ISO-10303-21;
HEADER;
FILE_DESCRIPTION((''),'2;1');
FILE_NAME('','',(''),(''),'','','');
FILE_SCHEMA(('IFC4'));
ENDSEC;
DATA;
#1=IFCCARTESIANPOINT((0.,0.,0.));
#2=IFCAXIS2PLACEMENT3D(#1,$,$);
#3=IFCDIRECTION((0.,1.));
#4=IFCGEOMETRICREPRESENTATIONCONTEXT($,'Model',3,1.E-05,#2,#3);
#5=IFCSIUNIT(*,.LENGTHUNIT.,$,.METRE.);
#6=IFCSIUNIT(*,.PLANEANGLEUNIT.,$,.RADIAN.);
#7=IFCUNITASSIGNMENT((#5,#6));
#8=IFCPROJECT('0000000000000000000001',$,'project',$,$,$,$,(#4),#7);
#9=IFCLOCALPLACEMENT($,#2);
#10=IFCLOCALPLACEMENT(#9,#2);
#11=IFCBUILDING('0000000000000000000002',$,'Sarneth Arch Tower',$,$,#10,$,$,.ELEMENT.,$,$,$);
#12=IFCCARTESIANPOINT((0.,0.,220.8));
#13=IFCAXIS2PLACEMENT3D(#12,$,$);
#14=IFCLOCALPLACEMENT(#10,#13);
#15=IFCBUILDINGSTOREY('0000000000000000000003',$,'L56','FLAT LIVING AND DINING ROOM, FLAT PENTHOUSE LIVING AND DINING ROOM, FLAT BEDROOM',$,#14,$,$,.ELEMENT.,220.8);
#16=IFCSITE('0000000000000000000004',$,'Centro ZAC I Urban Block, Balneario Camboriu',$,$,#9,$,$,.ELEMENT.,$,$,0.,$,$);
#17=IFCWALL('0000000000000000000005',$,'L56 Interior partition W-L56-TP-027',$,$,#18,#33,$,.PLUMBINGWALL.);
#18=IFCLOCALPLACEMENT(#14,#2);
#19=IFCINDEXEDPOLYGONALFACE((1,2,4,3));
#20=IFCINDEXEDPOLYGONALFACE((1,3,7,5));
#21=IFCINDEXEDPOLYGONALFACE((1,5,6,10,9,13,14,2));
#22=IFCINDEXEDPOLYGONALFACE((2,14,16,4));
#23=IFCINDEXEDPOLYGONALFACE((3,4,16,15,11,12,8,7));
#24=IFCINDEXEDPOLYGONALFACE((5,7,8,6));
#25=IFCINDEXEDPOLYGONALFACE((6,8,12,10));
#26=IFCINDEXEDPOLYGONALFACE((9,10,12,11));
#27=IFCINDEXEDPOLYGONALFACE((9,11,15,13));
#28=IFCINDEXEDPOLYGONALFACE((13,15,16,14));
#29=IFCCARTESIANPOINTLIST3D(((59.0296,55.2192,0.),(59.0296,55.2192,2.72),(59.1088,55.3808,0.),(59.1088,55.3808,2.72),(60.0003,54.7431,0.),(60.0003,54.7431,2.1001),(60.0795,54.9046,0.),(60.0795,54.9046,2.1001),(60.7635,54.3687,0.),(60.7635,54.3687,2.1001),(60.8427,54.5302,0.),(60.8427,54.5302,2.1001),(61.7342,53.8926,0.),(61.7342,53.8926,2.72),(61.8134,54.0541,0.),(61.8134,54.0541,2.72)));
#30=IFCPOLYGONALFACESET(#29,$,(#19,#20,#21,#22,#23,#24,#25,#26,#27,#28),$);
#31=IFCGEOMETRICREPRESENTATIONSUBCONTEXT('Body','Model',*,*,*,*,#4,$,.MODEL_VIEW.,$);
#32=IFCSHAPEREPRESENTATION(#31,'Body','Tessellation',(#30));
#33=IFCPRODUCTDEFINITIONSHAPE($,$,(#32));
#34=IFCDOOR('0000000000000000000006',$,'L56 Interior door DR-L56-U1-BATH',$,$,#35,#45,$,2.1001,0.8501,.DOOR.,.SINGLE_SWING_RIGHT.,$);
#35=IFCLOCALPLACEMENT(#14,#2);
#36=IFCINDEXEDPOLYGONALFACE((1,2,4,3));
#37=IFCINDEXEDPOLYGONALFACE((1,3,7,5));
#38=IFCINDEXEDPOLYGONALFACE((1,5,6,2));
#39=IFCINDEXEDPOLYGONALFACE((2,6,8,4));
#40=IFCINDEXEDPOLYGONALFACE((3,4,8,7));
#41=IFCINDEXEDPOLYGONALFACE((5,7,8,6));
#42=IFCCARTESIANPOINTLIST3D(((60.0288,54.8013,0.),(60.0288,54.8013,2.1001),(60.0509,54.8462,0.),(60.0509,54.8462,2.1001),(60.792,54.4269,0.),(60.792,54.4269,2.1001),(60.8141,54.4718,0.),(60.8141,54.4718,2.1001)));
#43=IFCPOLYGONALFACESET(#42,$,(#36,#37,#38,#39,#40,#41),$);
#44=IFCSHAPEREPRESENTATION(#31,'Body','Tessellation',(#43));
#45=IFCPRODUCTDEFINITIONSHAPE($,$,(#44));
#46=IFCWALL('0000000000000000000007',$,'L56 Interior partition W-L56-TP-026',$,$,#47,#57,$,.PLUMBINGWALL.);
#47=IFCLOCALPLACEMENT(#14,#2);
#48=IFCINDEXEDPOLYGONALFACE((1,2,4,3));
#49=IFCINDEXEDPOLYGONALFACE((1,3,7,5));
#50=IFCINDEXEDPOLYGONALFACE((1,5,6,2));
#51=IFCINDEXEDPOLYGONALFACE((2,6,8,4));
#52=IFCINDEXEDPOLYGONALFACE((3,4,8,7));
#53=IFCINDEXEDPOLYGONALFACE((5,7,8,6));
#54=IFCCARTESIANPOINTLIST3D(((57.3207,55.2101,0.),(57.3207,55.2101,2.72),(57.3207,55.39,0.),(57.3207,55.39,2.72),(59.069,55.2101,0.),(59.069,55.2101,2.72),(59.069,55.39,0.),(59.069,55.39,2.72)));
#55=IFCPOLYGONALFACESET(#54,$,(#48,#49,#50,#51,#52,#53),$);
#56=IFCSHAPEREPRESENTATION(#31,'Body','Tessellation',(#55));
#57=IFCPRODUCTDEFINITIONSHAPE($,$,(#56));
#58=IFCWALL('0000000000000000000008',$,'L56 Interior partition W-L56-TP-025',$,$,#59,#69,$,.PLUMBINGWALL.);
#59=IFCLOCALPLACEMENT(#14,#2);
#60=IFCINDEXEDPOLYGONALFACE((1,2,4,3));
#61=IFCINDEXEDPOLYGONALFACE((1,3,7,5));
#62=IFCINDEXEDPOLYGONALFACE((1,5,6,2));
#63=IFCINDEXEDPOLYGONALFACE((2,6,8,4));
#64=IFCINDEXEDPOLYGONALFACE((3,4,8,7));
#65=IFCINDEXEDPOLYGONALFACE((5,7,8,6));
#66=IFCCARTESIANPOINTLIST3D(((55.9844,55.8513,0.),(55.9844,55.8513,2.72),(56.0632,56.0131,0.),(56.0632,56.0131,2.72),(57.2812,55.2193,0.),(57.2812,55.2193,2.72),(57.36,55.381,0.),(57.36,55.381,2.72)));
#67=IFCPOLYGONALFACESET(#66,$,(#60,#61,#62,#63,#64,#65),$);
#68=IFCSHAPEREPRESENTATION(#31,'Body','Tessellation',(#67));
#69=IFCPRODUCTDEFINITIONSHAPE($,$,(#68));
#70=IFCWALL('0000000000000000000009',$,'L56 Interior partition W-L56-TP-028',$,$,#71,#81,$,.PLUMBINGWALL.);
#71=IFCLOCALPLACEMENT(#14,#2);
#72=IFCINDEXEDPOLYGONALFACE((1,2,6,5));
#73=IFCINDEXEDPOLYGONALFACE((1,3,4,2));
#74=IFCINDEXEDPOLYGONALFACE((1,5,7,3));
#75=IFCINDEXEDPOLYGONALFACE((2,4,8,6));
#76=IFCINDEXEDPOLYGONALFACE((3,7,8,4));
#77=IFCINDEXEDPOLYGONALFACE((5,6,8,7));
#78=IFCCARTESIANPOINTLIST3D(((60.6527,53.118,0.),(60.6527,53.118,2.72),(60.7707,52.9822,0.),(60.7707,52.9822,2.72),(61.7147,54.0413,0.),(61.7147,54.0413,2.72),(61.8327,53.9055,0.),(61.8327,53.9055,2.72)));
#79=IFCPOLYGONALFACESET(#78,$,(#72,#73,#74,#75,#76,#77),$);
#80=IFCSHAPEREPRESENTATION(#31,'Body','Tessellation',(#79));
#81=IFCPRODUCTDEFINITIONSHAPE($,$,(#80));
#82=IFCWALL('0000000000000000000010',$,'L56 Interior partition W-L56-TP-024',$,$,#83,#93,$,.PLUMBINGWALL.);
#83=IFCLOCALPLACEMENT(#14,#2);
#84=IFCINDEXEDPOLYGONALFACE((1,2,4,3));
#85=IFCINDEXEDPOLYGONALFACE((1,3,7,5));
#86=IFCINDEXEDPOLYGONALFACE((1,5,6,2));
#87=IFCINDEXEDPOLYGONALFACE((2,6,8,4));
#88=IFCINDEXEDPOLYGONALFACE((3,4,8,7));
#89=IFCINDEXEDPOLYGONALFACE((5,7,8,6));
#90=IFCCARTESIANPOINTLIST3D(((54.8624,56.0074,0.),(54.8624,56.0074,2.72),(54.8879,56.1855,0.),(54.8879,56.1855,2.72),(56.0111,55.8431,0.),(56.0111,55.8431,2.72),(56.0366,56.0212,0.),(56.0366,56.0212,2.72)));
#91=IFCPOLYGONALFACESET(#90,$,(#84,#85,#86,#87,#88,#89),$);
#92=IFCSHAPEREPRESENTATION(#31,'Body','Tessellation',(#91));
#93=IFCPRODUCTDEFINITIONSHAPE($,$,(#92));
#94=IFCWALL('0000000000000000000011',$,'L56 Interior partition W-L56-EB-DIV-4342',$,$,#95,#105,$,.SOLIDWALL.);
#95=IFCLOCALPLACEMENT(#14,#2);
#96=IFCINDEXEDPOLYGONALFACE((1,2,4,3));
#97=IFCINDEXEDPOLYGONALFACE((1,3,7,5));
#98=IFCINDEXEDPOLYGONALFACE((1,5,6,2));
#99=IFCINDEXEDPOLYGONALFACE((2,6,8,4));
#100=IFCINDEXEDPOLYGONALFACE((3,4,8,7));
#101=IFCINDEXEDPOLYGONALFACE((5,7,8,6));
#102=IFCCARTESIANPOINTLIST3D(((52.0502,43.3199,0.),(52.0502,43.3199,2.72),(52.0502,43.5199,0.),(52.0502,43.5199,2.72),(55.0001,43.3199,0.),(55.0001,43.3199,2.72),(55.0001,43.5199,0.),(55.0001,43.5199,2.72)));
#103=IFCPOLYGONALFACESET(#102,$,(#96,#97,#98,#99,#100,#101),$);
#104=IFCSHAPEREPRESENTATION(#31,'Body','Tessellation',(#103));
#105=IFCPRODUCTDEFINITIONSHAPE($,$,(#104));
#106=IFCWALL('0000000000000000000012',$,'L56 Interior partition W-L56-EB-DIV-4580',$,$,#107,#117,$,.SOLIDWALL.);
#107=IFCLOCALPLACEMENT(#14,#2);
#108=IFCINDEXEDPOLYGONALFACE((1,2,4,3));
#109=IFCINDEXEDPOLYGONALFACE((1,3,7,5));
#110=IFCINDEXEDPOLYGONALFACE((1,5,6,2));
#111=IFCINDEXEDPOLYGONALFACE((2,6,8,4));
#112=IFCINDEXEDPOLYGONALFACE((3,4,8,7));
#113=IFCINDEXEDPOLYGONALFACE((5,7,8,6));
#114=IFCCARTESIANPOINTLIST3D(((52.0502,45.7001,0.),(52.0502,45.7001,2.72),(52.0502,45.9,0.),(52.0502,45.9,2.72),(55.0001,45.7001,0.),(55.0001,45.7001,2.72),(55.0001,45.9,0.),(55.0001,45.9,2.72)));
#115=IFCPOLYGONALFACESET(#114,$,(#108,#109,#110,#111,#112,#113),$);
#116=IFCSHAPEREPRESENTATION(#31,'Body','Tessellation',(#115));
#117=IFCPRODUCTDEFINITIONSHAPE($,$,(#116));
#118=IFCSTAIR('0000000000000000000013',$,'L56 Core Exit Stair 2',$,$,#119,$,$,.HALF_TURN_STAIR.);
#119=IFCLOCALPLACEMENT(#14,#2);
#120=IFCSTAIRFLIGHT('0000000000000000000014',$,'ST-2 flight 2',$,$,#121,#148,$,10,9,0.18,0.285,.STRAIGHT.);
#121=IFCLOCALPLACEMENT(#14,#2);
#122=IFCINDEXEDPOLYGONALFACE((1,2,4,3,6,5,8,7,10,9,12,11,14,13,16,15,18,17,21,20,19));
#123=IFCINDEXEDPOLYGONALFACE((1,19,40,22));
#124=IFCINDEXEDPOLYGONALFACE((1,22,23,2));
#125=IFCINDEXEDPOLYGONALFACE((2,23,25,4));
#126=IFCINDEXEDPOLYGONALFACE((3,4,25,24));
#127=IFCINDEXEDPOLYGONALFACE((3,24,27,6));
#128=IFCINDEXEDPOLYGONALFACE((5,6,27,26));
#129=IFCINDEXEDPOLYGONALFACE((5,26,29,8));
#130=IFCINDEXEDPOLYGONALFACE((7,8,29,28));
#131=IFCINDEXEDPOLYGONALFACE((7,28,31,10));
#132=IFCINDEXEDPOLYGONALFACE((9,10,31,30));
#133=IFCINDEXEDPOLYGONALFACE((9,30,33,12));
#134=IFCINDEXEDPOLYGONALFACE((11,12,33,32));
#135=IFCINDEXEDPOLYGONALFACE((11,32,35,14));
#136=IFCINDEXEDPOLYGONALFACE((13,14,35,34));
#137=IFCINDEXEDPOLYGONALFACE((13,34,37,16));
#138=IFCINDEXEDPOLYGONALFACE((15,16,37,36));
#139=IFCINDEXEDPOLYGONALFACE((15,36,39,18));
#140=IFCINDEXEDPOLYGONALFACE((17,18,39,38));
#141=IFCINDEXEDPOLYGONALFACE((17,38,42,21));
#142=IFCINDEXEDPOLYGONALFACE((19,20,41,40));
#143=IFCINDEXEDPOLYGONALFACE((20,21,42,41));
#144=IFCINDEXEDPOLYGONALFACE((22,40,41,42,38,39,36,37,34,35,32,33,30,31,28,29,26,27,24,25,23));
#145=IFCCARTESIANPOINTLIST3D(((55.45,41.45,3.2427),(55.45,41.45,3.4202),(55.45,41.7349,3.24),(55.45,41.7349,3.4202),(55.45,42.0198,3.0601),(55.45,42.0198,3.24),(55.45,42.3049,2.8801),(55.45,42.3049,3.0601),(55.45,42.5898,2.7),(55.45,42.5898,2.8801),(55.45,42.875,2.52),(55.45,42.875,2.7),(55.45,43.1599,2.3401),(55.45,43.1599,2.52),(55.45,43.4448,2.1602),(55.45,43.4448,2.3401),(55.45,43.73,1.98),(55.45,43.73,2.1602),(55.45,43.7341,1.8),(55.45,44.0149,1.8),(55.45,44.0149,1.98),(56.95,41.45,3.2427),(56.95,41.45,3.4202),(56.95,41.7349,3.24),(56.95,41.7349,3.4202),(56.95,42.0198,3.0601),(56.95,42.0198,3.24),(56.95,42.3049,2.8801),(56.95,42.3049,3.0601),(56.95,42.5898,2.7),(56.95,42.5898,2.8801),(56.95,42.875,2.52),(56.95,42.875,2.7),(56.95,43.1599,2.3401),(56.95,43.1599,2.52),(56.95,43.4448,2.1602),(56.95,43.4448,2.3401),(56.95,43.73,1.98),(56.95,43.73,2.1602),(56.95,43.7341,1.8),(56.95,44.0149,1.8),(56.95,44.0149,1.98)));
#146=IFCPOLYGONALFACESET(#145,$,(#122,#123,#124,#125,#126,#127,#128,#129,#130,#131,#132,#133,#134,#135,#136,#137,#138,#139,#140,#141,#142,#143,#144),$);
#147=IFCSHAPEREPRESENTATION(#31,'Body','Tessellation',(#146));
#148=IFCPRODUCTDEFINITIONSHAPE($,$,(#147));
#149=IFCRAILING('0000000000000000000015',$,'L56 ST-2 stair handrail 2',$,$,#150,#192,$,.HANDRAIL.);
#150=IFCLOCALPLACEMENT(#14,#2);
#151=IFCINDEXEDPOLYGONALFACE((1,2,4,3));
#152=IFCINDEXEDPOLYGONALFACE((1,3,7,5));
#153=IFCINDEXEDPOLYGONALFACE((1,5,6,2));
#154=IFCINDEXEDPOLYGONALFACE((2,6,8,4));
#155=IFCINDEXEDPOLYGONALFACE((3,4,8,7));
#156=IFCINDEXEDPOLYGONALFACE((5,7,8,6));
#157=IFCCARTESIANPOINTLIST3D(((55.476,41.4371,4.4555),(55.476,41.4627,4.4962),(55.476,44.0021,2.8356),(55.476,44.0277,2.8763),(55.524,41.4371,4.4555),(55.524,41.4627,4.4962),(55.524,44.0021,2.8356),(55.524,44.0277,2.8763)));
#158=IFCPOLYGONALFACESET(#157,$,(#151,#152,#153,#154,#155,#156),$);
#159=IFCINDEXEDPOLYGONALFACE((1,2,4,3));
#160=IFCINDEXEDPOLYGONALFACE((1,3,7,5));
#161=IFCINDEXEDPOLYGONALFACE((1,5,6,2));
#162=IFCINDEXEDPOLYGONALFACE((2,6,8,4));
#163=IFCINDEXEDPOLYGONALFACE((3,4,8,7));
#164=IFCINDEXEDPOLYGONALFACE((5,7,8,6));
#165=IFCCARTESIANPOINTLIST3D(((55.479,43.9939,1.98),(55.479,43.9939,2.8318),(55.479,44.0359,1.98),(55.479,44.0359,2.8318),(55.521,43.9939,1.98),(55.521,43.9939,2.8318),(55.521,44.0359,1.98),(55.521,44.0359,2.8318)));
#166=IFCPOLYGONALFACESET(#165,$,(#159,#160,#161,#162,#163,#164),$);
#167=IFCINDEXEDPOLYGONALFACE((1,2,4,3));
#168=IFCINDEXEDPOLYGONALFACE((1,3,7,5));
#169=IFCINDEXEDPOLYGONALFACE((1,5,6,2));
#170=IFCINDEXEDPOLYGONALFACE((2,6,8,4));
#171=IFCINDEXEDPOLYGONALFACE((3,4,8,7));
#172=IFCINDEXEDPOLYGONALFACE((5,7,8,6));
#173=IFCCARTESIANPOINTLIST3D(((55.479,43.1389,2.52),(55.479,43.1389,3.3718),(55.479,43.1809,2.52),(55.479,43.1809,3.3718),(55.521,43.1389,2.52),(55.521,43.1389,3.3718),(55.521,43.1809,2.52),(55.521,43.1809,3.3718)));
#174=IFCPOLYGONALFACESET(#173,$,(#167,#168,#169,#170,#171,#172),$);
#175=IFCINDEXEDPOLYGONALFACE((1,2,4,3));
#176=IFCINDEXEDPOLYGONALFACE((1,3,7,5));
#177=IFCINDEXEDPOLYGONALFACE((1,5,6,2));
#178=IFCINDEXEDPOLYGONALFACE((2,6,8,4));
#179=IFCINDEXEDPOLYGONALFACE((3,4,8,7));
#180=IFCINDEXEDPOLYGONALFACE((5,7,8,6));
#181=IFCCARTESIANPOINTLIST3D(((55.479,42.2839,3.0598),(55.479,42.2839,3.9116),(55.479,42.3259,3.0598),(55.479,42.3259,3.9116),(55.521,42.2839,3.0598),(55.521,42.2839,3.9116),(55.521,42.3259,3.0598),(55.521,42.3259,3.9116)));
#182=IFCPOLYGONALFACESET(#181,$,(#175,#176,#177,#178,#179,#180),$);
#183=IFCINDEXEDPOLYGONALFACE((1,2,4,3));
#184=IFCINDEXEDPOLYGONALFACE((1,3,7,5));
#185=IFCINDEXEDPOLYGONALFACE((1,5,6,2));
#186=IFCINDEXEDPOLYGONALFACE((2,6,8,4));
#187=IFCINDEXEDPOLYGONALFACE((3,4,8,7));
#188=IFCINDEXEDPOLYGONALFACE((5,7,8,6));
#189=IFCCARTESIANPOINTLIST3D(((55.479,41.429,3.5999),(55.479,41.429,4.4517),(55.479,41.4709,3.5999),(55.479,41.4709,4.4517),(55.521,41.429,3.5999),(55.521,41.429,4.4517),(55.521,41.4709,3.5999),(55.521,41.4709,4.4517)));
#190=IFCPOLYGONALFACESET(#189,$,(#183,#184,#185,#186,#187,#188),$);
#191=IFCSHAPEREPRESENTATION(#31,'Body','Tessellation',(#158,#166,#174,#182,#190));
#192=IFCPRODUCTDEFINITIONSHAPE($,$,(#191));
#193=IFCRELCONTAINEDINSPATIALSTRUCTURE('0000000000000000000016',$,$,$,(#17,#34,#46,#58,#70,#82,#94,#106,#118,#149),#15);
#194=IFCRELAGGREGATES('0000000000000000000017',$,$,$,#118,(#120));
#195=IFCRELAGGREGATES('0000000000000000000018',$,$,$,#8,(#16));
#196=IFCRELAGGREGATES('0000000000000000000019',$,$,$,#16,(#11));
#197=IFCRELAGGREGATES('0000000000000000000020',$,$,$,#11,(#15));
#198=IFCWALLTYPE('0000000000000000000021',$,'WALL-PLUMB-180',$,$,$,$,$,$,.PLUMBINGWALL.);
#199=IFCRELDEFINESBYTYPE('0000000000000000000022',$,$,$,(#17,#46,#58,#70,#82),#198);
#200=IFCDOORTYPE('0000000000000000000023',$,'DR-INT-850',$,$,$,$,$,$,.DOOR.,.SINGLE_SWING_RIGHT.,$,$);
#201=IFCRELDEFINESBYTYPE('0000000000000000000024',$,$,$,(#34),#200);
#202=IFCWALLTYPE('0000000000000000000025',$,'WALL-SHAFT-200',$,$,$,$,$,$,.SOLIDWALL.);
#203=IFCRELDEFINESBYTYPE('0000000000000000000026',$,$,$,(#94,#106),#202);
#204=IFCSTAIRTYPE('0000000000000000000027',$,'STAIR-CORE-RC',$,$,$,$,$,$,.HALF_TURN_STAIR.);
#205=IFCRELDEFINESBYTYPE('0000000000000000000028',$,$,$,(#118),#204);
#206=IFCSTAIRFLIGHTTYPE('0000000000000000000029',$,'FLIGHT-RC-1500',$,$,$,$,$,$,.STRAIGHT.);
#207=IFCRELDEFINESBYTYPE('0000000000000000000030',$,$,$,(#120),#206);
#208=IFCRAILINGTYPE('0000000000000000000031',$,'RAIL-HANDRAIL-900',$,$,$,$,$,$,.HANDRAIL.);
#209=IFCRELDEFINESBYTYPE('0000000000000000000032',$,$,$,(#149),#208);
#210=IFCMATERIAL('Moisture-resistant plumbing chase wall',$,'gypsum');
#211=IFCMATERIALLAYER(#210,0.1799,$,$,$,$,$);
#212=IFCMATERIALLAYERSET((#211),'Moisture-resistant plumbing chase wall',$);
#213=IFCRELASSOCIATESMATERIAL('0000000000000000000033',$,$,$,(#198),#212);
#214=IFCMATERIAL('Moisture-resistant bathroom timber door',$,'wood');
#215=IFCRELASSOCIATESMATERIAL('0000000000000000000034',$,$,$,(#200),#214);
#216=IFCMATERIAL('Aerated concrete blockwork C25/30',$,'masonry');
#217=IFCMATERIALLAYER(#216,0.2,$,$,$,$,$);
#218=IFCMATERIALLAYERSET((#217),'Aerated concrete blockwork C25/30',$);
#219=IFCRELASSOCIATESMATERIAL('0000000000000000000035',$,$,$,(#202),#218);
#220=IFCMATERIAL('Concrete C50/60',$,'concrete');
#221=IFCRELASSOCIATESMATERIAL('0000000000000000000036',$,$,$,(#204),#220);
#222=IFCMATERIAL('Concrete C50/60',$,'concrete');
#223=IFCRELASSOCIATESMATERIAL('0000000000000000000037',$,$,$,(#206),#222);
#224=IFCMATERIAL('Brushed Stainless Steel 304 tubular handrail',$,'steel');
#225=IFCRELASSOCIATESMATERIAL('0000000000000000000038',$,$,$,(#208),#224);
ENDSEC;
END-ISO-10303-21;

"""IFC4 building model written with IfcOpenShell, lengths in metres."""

from ifc_helpers import new_model, si_unit, direction, frame, frame_2d, origin, origin_2d, place, context, subcontext, project, spatial, polyline, rectangle, outline, extrude, material, layer, layer_set, type_object, element, fill, aggregate, save


model = new_model("IFC4")

# Units and contexts
model_context = context("Model", 3, precision=1e-05, world=origin(), true_north=direction((0.0, 1.0)))
body_context = subcontext(model_context, "Body", "Model", "MODEL_VIEW")
ifc_project = project(units=[si_unit("LENGTHUNIT", "METRE"), si_unit("PLANEANGLEUNIT", "RADIAN")], contexts=[model_context])

# Site, building, storey
site_placement = place(None, origin())
site = spatial("IfcSite", under=ifc_project, at=site_placement, Name="Centro ZAC I Urban Block, Balneario Camboriu", CompositionType="ELEMENT", RefElevation=0.0)
building_placement = place(site_placement, origin())
building = spatial("IfcBuilding", under=site, at=building_placement, Name="Sarneth Arch Tower", CompositionType="ELEMENT")
storey_placement = place(building_placement, frame((0.0, 0.0, 220.8)))
storey = spatial("IfcBuildingStorey", under=building, at=storey_placement, Name="L56", Description="FLAT LIVING AND DINING ROOM, FLAT PENTHOUSE LIVING AND DINING ROOM, FLAT BEDROOM", CompositionType="ELEMENT", Elevation=220.8)

# Shared definitions
ifc_material_1 = material(Name="Moisture-resistant plumbing chase wall", Category="gypsum")
ifc_layer_1 = layer(ifc_material_1, 0.1799)
ifc_layer_set_1 = layer_set([ifc_layer_1], Name="Moisture-resistant plumbing chase wall")
wall_type_1 = type_object("IfcWallType", Name="WALL-PLUMB-180", PredefinedType="PLUMBINGWALL", material=ifc_layer_set_1)

# Wall, opening, door
wall_1_placement = place(storey_placement, frame((59.0691, 55.3, 0.0), z_axis=(0.0, 0.0, 1.0), x_axis=(0.897805, -0.440393, 0.0)))
wall_1 = element("IfcWall", 1, at=wall_1_placement, inside=storey, type_object=wall_type_1, Name="L56 Interior partition W-L56-TP-027", PredefinedType="PLUMBINGWALL", context=body_context, shape_type="SweptSolid", body=[
    extrude(rectangle(XDim=3.0125, YDim=0.1799, at=frame_2d((1.5063, 0.0))), origin(), (0.0, 0.0, 1.0), 2.72),
])
opening_1_placement = place(wall_1_placement, frame((1.0813, 0.0, 0.0)))
opening_1 = element("IfcOpeningElement", 2, at=opening_1_placement, cuts=wall_1, PredefinedType="OPENING", context=body_context, shape_type="SweptSolid", body=[
    extrude(rectangle(XDim=0.8501, YDim=2.1001, at=frame_2d((0.425, 1.05))), frame((0.0, 0.0999, 0.0), z_axis=(0.0, -1.0, 0.0), x_axis=(1.0, 0.0, 0.0)), (0.0, 0.0, 1.0), 0.2),
])
ifc_material_2 = material(Name="Moisture-resistant bathroom timber door", Category="wood")
door_type_1 = type_object("IfcDoorType", Name="DR-INT-850", OperationType="SINGLE_SWING_RIGHT", PredefinedType="DOOR", material=ifc_material_2)
door_1_placement = place(opening_1_placement, origin())
door_1 = element("IfcDoor", 3, at=door_1_placement, inside=storey, type_object=door_type_1, Name="L56 Interior door DR-L56-U1-BATH", OperationType="SINGLE_SWING_RIGHT", OverallHeight=2.1001, OverallWidth=0.8501, PredefinedType="DOOR", context=body_context, shape_type="SweptSolid", body=[
    extrude(rectangle(XDim=0.8501, YDim=2.1001, at=frame_2d((0.425, 1.05))), frame((0.0, 0.0249, 0.0), z_axis=(0.0, -1.0, 0.0), x_axis=(1.0, 0.0, 0.0)), (0.0, 0.0, 1.0), 0.05),
])
fill(opening_1, door_1)

# Walls
wall_2_placement = place(storey_placement, frame((57.3208, 55.3, 0.0), z_axis=(0.0, 0.0, 1.0), x_axis=(1.0, 0.0, 0.0)))
element("IfcWall", 4, at=wall_2_placement, inside=storey, type_object=wall_type_1, Name="L56 Interior partition W-L56-TP-026", PredefinedType="PLUMBINGWALL", context=body_context, shape_type="SweptSolid", body=[
    extrude(rectangle(XDim=1.7483, YDim=0.1799, at=frame_2d((0.874, 0.0))), origin(), (0.0, 0.0, 1.0), 2.72),
])
wall_3_placement = place(storey_placement, frame((56.0239, 55.9321, 0.0), z_axis=(0.0, 0.0, 1.0), x_axis=(0.898916, -0.43812, 0.0)))
element("IfcWall", 5, at=wall_3_placement, inside=storey, type_object=wall_type_1, Name="L56 Interior partition W-L56-TP-025", PredefinedType="PLUMBINGWALL", context=body_context, shape_type="SweptSolid", body=[
    extrude(rectangle(XDim=1.4426, YDim=0.1799, at=frame_2d((0.7212, 0.0))), origin(), (0.0, 0.0, 1.0), 2.72),
])
wall_4_placement = place(storey_placement, frame((61.7737, 53.9734, 0.0), z_axis=(0.0, 0.0, 1.0), x_axis=(-0.754658, -0.656119, 0.0)))
element("IfcWall", 6, at=wall_4_placement, inside=storey, type_object=wall_type_1, Name="L56 Interior partition W-L56-TP-028", PredefinedType="PLUMBINGWALL", context=body_context, shape_type="SweptSolid", body=[
    extrude(rectangle(XDim=1.4072, YDim=0.1799, at=frame_2d((0.7036, 0.0))), origin(), (0.0, 0.0, 1.0), 2.72),
])
wall_5_placement = place(storey_placement, frame((54.8752, 56.0964, 0.0), z_axis=(0.0, 0.0, 1.0), x_axis=(0.989924, -0.141598, 0.0)))
element("IfcWall", 7, at=wall_5_placement, inside=storey, type_object=wall_type_1, Name="L56 Interior partition W-L56-TP-024", PredefinedType="PLUMBINGWALL", context=body_context, shape_type="SweptSolid", body=[
    extrude(rectangle(XDim=1.1604, YDim=0.1799, at=frame_2d((0.5801, 0.0))), origin(), (0.0, 0.0, 1.0), 2.72),
])
ifc_material_3 = material(Name="Aerated concrete blockwork C25/30", Category="masonry")
ifc_layer_2 = layer(ifc_material_3, 0.2)
ifc_layer_set_2 = layer_set([ifc_layer_2], Name="Aerated concrete blockwork C25/30")
wall_type_2 = type_object("IfcWallType", Name="WALL-SHAFT-200", PredefinedType="SOLIDWALL", material=ifc_layer_set_2)
for number, where, z_axis, x_axis, name in (
    (8, (52.05, 43.4199, 0.0), (0.0, 0.0, 1.0), (1.0, 0.0, 0.0), "L56 Interior partition W-L56-EB-DIV-4342"),
    (9, (52.05, 45.8, 0.0), (0.0, 0.0, 1.0), (1.0, 0.0, 0.0), "L56 Interior partition W-L56-EB-DIV-4580"),
):
    element("IfcWall", number, at=place(storey_placement, frame(where, z_axis=z_axis, x_axis=x_axis)), inside=storey, type_object=wall_type_2, Name=name, PredefinedType="SOLIDWALL", context=body_context, shape_type="SweptSolid", body=[
        extrude(rectangle(XDim=2.95, YDim=0.2, at=frame_2d((1.4751, 0.0))), origin(), (0.0, 0.0, 1.0), 2.72),
    ])

# Stair, stair flight
ifc_material_4 = material(Name="Concrete C50/60", Category="concrete")
stair_type = type_object("IfcStairType", Name="STAIR-CORE-RC", PredefinedType="HALF_TURN_STAIR", material=ifc_material_4)
stair_placement = place(storey_placement, origin())
stair = element("IfcStair", 10, at=stair_placement, inside=storey, type_object=stair_type, Name="L56 Core Exit Stair 2", PredefinedType="HALF_TURN_STAIR")
ifc_material_5 = material(Name="Concrete C50/60", Category="concrete")
stair_flight_type = type_object("IfcStairFlightType", Name="FLIGHT-RC-1500", PredefinedType="STRAIGHT", material=ifc_material_5)
stair_flight_placement = place(storey_placement, frame((56.2, 44.0149, 1.8), z_axis=(0.0, 0.0, 1.0), x_axis=(0.0, -1.0, 0.0)))
stair_flight = element("IfcStairFlight", 11, at=stair_flight_placement, type_object=stair_flight_type, Name="ST-2 flight 2", NumberOfRisers=10, NumberOfTreads=9, PredefinedType="STRAIGHT", RiserHeight=0.18, TreadLength=0.285, context=body_context, shape_type="SweptSolid", body=[
    extrude(outline(polyline([(0.0, 0.0), (0.0, 0.1799), (0.2849, 0.1799), (0.2849, 0.3601), (0.5701, 0.3601), (0.5701, 0.54), (0.855, 0.54), (0.855, 0.72), (1.1399, 0.72), (1.1399, 0.8999), (1.425, 0.8999), (1.425, 1.0801), (1.71, 1.0801), (1.71, 1.26), (1.9951, 1.26), (1.9951, 1.4399), (2.28, 1.4399), (2.28, 1.6201), (2.5649, 1.6201), (2.5649, 1.8), (2.5649, 1.4426), (0.2808, 0.0), (0.0, 0.0)])), frame((0.0, 0.75, 0.0), z_axis=(0.0, -1.0, 0.0), x_axis=(1.0, 0.0, 0.0)), (0.0, 0.0, 1.0), 1.5),
])
aggregate(stair, [stair_flight])

# Railing
ifc_material_6 = material(Name="Brushed Stainless Steel 304 tubular handrail", Category="steel")
railing_type_1 = type_object("IfcRailingType", Name="RAIL-HANDRAIL-900", PredefinedType="HANDRAIL", material=ifc_material_6)
railing_1_placement = place(storey_placement, frame((55.5, 44.0149, 1.98)))
element("IfcRailing", 12, at=railing_1_placement, inside=storey, type_object=railing_type_1, Name="L56 ST-2 stair handrail 2", PredefinedType="HANDRAIL", context=body_context, shape_type="SweptSolid", body=[
    extrude(rectangle(XDim=0.0481, YDim=0.0481, at=origin_2d()), frame((0.0, 0.0, 0.876), z_axis=(0.0, -0.845502, 0.533972), x_axis=(1.0, 0.0, 0.0)), (0.0, 0.0, 1.0), 3.0337),
    extrude(rectangle(XDim=0.042, YDim=0.042, at=origin_2d()), origin(), (0.0, 0.0, 1.0), 0.8518),
    extrude(rectangle(XDim=0.042, YDim=0.042, at=origin_2d()), frame((0.0, -0.855, 0.54)), (0.0, 0.0, 1.0), 0.8518),
    extrude(rectangle(XDim=0.042, YDim=0.042, at=origin_2d()), frame((0.0, -1.71, 1.0798)), (0.0, 0.0, 1.0), 0.8518),
    extrude(rectangle(XDim=0.042, YDim=0.042, at=origin_2d()), frame((0.0, -2.5649, 1.6199)), (0.0, 0.0, 1.0), 0.8518),
])

save(model, "model.ifc")
